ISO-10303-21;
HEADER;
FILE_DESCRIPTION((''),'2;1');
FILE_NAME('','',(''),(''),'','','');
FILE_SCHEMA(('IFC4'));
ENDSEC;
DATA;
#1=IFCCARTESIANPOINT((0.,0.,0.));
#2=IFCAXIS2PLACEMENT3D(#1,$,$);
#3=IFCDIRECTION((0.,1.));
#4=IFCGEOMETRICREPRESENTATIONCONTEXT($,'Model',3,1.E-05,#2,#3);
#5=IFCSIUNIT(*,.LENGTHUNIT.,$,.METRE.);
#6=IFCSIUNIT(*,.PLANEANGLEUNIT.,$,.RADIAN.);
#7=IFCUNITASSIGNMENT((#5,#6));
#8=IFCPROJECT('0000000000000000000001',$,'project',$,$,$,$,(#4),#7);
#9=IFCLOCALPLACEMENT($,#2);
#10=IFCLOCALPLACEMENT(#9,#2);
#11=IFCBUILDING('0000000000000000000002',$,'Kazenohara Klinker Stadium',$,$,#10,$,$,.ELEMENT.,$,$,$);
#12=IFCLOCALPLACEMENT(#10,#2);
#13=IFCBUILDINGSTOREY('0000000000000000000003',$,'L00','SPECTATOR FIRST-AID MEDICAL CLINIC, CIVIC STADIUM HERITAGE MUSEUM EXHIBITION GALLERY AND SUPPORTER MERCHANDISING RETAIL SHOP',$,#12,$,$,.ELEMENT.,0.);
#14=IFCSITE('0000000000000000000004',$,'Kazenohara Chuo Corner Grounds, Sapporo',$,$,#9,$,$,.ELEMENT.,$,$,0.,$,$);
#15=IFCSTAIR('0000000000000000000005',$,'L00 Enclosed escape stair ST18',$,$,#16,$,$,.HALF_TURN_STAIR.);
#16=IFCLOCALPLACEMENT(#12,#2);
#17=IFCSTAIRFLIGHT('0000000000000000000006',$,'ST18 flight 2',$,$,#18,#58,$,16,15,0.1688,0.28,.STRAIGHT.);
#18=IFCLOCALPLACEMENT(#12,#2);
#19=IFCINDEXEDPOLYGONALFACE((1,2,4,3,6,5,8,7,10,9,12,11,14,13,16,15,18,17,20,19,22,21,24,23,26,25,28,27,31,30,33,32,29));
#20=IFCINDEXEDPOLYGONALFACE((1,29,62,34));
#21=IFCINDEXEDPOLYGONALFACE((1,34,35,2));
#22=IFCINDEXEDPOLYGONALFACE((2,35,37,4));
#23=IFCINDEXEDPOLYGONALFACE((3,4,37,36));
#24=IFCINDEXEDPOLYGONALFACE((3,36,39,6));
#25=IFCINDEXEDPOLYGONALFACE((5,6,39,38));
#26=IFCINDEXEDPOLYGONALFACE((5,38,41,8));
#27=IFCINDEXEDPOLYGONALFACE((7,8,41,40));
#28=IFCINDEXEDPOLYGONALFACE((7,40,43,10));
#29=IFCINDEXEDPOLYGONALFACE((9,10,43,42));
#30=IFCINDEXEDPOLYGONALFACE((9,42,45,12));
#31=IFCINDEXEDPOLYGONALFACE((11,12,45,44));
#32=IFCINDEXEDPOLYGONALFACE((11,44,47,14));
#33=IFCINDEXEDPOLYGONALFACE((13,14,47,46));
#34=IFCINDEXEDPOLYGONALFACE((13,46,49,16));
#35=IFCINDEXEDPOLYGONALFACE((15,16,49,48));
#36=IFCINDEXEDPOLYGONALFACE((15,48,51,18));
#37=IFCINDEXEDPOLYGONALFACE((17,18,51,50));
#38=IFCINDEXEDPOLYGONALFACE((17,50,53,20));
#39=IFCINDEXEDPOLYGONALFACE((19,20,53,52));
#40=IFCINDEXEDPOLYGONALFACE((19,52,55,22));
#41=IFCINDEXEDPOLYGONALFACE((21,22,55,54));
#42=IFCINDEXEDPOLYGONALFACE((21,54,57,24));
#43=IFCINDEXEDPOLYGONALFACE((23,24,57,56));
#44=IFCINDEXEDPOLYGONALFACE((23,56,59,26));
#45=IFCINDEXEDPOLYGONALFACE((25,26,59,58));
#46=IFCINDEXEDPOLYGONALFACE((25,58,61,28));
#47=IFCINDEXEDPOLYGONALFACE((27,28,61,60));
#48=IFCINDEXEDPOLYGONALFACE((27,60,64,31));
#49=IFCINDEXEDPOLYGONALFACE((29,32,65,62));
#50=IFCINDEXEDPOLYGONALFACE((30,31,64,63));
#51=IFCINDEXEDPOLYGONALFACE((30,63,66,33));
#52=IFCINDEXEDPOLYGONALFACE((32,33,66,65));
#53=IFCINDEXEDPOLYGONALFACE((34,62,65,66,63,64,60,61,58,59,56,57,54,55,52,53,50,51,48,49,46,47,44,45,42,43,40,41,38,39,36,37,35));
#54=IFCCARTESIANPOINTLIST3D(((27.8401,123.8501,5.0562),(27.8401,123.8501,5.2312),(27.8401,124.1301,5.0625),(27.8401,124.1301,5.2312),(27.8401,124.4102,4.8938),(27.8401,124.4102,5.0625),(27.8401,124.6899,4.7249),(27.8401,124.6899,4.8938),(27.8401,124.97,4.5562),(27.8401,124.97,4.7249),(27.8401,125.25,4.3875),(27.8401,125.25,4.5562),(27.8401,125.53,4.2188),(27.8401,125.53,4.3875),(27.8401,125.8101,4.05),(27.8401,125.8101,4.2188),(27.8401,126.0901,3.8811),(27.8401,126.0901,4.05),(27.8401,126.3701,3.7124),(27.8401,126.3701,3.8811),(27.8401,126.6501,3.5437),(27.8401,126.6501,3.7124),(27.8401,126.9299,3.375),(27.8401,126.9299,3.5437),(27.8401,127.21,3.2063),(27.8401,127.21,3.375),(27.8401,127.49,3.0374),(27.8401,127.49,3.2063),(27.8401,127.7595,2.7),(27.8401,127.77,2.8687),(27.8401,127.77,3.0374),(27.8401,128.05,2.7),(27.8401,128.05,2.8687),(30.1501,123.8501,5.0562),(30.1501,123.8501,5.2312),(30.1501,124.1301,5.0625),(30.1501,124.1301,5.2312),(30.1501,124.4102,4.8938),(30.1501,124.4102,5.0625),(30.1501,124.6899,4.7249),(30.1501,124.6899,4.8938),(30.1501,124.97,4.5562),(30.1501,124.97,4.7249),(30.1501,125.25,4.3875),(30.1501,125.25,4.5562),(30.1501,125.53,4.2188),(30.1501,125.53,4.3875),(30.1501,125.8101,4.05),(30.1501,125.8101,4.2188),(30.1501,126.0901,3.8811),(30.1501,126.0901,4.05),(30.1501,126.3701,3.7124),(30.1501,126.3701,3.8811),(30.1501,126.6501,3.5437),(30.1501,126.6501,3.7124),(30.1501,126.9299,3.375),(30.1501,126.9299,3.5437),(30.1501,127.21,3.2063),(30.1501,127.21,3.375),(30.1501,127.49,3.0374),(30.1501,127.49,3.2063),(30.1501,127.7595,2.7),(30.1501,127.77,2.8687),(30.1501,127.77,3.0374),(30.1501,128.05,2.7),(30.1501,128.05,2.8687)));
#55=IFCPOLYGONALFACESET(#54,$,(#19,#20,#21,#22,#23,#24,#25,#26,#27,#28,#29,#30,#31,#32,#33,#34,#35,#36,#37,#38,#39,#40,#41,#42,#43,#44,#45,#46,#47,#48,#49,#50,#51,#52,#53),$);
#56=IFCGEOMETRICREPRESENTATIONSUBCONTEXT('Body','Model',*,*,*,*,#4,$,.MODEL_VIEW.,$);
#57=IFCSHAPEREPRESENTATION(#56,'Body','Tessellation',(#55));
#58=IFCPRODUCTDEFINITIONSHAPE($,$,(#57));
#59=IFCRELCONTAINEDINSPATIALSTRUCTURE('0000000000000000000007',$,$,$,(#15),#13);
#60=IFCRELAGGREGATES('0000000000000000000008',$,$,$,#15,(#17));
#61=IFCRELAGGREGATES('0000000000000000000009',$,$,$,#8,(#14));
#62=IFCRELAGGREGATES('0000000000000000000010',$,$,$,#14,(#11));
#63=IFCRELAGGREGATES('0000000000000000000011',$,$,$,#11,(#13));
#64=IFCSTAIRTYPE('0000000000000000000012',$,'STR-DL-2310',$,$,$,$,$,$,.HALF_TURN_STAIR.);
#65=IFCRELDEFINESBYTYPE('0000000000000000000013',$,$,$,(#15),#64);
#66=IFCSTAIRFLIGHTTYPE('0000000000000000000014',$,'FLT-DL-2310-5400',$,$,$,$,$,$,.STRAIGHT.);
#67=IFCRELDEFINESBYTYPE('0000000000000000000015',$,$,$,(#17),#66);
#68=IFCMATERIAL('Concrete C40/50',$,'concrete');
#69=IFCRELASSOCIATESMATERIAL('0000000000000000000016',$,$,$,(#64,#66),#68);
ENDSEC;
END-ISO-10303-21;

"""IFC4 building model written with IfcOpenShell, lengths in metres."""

from ifc_helpers import new_model, si_unit, direction, frame, origin, place, context, subcontext, project, spatial, polyline, outline, extrude, material, type_object, element, aggregate, save


model = new_model("IFC4")

# Units and contexts
model_context = context("Model", 3, precision=1e-05, world=origin(), true_north=direction((0.0, 1.0)))
body_context = subcontext(model_context, "Body", "Model", "MODEL_VIEW")
ifc_project = project(units=[si_unit("LENGTHUNIT", "METRE"), si_unit("PLANEANGLEUNIT", "RADIAN")], contexts=[model_context])

# Site, building, storey
site_placement = place(None, origin())
site = spatial("IfcSite", under=ifc_project, at=site_placement, Name="Kazenohara Chuo Corner Grounds, Sapporo", CompositionType="ELEMENT", RefElevation=0.0)
building_placement = place(site_placement, origin())
building = spatial("IfcBuilding", under=site, at=building_placement, Name="Kazenohara Klinker Stadium", CompositionType="ELEMENT")
storey_placement = place(building_placement, origin())
storey = spatial("IfcBuildingStorey", under=building, at=storey_placement, Name="L00", Description="SPECTATOR FIRST-AID MEDICAL CLINIC, CIVIC STADIUM HERITAGE MUSEUM EXHIBITION GALLERY AND SUPPORTER MERCHANDISING RETAIL SHOP", CompositionType="ELEMENT", Elevation=0.0)

# Shared definitions
ifc_material_1 = material(Name="Concrete C40/50", Category="concrete")

# Stair, stair flight
stair_type = type_object("IfcStairType", Name="STR-DL-2310", PredefinedType="HALF_TURN_STAIR", material=ifc_material_1)
stair_placement = place(storey_placement, origin())
stair = element("IfcStair", 1, at=stair_placement, inside=storey, type_object=stair_type, Name="L00 Enclosed escape stair ST18", PredefinedType="HALF_TURN_STAIR")
stair_flight_type = type_object("IfcStairFlightType", Name="FLT-DL-2310-5400", PredefinedType="STRAIGHT", material=ifc_material_1)
stair_flight_1_placement = place(storey_placement, frame((28.9951, 128.05, 2.7), z_axis=(0.0, 0.0, 1.0), x_axis=(0.0, -1.0, 0.0)))
stair_flight_1 = element("IfcStairFlight", 2, at=stair_flight_1_placement, type_object=stair_flight_type, Name="ST18 flight 2", NumberOfRisers=16, NumberOfTreads=15, PredefinedType="STRAIGHT", RiserHeight=0.1688, TreadLength=0.28, context=body_context, shape_type="SweptSolid", body=[
    extrude(outline(polyline([(0.0, 0.0), (0.0, 0.1687), (0.28, 0.1687), (0.28, 0.3374), (0.5601, 0.3374), (0.5601, 0.5063), (0.8401, 0.5063), (0.8401, 0.675), (1.1201, 0.675), (1.1201, 0.8438), (1.3999, 0.8438), (1.3999, 1.0125), (1.6799, 1.0125), (1.6799, 1.1812), (1.96, 1.1812), (1.96, 1.3501), (2.24, 1.3501), (2.24, 1.5188), (2.52, 1.5188), (2.52, 1.6875), (2.8, 1.6875), (2.8, 1.8562), (3.0801, 1.8562), (3.0801, 2.0249), (3.3601, 2.0249), (3.3601, 2.1938), (3.6399, 2.1938), (3.6399, 2.3625), (3.9199, 2.3625), (3.9199, 2.5312), (4.2, 2.5312), (4.2, 2.7), (4.2, 2.3562), (0.2905, 0.0), (0.0, 0.0)])), frame((0.0, 1.155, 0.0), z_axis=(0.0, -1.0, 0.0), x_axis=(1.0, 0.0, 0.0)), (0.0, 0.0, 1.0), 2.3101),
])
aggregate(stair, [stair_flight_1])

save(model, "model.ifc")
